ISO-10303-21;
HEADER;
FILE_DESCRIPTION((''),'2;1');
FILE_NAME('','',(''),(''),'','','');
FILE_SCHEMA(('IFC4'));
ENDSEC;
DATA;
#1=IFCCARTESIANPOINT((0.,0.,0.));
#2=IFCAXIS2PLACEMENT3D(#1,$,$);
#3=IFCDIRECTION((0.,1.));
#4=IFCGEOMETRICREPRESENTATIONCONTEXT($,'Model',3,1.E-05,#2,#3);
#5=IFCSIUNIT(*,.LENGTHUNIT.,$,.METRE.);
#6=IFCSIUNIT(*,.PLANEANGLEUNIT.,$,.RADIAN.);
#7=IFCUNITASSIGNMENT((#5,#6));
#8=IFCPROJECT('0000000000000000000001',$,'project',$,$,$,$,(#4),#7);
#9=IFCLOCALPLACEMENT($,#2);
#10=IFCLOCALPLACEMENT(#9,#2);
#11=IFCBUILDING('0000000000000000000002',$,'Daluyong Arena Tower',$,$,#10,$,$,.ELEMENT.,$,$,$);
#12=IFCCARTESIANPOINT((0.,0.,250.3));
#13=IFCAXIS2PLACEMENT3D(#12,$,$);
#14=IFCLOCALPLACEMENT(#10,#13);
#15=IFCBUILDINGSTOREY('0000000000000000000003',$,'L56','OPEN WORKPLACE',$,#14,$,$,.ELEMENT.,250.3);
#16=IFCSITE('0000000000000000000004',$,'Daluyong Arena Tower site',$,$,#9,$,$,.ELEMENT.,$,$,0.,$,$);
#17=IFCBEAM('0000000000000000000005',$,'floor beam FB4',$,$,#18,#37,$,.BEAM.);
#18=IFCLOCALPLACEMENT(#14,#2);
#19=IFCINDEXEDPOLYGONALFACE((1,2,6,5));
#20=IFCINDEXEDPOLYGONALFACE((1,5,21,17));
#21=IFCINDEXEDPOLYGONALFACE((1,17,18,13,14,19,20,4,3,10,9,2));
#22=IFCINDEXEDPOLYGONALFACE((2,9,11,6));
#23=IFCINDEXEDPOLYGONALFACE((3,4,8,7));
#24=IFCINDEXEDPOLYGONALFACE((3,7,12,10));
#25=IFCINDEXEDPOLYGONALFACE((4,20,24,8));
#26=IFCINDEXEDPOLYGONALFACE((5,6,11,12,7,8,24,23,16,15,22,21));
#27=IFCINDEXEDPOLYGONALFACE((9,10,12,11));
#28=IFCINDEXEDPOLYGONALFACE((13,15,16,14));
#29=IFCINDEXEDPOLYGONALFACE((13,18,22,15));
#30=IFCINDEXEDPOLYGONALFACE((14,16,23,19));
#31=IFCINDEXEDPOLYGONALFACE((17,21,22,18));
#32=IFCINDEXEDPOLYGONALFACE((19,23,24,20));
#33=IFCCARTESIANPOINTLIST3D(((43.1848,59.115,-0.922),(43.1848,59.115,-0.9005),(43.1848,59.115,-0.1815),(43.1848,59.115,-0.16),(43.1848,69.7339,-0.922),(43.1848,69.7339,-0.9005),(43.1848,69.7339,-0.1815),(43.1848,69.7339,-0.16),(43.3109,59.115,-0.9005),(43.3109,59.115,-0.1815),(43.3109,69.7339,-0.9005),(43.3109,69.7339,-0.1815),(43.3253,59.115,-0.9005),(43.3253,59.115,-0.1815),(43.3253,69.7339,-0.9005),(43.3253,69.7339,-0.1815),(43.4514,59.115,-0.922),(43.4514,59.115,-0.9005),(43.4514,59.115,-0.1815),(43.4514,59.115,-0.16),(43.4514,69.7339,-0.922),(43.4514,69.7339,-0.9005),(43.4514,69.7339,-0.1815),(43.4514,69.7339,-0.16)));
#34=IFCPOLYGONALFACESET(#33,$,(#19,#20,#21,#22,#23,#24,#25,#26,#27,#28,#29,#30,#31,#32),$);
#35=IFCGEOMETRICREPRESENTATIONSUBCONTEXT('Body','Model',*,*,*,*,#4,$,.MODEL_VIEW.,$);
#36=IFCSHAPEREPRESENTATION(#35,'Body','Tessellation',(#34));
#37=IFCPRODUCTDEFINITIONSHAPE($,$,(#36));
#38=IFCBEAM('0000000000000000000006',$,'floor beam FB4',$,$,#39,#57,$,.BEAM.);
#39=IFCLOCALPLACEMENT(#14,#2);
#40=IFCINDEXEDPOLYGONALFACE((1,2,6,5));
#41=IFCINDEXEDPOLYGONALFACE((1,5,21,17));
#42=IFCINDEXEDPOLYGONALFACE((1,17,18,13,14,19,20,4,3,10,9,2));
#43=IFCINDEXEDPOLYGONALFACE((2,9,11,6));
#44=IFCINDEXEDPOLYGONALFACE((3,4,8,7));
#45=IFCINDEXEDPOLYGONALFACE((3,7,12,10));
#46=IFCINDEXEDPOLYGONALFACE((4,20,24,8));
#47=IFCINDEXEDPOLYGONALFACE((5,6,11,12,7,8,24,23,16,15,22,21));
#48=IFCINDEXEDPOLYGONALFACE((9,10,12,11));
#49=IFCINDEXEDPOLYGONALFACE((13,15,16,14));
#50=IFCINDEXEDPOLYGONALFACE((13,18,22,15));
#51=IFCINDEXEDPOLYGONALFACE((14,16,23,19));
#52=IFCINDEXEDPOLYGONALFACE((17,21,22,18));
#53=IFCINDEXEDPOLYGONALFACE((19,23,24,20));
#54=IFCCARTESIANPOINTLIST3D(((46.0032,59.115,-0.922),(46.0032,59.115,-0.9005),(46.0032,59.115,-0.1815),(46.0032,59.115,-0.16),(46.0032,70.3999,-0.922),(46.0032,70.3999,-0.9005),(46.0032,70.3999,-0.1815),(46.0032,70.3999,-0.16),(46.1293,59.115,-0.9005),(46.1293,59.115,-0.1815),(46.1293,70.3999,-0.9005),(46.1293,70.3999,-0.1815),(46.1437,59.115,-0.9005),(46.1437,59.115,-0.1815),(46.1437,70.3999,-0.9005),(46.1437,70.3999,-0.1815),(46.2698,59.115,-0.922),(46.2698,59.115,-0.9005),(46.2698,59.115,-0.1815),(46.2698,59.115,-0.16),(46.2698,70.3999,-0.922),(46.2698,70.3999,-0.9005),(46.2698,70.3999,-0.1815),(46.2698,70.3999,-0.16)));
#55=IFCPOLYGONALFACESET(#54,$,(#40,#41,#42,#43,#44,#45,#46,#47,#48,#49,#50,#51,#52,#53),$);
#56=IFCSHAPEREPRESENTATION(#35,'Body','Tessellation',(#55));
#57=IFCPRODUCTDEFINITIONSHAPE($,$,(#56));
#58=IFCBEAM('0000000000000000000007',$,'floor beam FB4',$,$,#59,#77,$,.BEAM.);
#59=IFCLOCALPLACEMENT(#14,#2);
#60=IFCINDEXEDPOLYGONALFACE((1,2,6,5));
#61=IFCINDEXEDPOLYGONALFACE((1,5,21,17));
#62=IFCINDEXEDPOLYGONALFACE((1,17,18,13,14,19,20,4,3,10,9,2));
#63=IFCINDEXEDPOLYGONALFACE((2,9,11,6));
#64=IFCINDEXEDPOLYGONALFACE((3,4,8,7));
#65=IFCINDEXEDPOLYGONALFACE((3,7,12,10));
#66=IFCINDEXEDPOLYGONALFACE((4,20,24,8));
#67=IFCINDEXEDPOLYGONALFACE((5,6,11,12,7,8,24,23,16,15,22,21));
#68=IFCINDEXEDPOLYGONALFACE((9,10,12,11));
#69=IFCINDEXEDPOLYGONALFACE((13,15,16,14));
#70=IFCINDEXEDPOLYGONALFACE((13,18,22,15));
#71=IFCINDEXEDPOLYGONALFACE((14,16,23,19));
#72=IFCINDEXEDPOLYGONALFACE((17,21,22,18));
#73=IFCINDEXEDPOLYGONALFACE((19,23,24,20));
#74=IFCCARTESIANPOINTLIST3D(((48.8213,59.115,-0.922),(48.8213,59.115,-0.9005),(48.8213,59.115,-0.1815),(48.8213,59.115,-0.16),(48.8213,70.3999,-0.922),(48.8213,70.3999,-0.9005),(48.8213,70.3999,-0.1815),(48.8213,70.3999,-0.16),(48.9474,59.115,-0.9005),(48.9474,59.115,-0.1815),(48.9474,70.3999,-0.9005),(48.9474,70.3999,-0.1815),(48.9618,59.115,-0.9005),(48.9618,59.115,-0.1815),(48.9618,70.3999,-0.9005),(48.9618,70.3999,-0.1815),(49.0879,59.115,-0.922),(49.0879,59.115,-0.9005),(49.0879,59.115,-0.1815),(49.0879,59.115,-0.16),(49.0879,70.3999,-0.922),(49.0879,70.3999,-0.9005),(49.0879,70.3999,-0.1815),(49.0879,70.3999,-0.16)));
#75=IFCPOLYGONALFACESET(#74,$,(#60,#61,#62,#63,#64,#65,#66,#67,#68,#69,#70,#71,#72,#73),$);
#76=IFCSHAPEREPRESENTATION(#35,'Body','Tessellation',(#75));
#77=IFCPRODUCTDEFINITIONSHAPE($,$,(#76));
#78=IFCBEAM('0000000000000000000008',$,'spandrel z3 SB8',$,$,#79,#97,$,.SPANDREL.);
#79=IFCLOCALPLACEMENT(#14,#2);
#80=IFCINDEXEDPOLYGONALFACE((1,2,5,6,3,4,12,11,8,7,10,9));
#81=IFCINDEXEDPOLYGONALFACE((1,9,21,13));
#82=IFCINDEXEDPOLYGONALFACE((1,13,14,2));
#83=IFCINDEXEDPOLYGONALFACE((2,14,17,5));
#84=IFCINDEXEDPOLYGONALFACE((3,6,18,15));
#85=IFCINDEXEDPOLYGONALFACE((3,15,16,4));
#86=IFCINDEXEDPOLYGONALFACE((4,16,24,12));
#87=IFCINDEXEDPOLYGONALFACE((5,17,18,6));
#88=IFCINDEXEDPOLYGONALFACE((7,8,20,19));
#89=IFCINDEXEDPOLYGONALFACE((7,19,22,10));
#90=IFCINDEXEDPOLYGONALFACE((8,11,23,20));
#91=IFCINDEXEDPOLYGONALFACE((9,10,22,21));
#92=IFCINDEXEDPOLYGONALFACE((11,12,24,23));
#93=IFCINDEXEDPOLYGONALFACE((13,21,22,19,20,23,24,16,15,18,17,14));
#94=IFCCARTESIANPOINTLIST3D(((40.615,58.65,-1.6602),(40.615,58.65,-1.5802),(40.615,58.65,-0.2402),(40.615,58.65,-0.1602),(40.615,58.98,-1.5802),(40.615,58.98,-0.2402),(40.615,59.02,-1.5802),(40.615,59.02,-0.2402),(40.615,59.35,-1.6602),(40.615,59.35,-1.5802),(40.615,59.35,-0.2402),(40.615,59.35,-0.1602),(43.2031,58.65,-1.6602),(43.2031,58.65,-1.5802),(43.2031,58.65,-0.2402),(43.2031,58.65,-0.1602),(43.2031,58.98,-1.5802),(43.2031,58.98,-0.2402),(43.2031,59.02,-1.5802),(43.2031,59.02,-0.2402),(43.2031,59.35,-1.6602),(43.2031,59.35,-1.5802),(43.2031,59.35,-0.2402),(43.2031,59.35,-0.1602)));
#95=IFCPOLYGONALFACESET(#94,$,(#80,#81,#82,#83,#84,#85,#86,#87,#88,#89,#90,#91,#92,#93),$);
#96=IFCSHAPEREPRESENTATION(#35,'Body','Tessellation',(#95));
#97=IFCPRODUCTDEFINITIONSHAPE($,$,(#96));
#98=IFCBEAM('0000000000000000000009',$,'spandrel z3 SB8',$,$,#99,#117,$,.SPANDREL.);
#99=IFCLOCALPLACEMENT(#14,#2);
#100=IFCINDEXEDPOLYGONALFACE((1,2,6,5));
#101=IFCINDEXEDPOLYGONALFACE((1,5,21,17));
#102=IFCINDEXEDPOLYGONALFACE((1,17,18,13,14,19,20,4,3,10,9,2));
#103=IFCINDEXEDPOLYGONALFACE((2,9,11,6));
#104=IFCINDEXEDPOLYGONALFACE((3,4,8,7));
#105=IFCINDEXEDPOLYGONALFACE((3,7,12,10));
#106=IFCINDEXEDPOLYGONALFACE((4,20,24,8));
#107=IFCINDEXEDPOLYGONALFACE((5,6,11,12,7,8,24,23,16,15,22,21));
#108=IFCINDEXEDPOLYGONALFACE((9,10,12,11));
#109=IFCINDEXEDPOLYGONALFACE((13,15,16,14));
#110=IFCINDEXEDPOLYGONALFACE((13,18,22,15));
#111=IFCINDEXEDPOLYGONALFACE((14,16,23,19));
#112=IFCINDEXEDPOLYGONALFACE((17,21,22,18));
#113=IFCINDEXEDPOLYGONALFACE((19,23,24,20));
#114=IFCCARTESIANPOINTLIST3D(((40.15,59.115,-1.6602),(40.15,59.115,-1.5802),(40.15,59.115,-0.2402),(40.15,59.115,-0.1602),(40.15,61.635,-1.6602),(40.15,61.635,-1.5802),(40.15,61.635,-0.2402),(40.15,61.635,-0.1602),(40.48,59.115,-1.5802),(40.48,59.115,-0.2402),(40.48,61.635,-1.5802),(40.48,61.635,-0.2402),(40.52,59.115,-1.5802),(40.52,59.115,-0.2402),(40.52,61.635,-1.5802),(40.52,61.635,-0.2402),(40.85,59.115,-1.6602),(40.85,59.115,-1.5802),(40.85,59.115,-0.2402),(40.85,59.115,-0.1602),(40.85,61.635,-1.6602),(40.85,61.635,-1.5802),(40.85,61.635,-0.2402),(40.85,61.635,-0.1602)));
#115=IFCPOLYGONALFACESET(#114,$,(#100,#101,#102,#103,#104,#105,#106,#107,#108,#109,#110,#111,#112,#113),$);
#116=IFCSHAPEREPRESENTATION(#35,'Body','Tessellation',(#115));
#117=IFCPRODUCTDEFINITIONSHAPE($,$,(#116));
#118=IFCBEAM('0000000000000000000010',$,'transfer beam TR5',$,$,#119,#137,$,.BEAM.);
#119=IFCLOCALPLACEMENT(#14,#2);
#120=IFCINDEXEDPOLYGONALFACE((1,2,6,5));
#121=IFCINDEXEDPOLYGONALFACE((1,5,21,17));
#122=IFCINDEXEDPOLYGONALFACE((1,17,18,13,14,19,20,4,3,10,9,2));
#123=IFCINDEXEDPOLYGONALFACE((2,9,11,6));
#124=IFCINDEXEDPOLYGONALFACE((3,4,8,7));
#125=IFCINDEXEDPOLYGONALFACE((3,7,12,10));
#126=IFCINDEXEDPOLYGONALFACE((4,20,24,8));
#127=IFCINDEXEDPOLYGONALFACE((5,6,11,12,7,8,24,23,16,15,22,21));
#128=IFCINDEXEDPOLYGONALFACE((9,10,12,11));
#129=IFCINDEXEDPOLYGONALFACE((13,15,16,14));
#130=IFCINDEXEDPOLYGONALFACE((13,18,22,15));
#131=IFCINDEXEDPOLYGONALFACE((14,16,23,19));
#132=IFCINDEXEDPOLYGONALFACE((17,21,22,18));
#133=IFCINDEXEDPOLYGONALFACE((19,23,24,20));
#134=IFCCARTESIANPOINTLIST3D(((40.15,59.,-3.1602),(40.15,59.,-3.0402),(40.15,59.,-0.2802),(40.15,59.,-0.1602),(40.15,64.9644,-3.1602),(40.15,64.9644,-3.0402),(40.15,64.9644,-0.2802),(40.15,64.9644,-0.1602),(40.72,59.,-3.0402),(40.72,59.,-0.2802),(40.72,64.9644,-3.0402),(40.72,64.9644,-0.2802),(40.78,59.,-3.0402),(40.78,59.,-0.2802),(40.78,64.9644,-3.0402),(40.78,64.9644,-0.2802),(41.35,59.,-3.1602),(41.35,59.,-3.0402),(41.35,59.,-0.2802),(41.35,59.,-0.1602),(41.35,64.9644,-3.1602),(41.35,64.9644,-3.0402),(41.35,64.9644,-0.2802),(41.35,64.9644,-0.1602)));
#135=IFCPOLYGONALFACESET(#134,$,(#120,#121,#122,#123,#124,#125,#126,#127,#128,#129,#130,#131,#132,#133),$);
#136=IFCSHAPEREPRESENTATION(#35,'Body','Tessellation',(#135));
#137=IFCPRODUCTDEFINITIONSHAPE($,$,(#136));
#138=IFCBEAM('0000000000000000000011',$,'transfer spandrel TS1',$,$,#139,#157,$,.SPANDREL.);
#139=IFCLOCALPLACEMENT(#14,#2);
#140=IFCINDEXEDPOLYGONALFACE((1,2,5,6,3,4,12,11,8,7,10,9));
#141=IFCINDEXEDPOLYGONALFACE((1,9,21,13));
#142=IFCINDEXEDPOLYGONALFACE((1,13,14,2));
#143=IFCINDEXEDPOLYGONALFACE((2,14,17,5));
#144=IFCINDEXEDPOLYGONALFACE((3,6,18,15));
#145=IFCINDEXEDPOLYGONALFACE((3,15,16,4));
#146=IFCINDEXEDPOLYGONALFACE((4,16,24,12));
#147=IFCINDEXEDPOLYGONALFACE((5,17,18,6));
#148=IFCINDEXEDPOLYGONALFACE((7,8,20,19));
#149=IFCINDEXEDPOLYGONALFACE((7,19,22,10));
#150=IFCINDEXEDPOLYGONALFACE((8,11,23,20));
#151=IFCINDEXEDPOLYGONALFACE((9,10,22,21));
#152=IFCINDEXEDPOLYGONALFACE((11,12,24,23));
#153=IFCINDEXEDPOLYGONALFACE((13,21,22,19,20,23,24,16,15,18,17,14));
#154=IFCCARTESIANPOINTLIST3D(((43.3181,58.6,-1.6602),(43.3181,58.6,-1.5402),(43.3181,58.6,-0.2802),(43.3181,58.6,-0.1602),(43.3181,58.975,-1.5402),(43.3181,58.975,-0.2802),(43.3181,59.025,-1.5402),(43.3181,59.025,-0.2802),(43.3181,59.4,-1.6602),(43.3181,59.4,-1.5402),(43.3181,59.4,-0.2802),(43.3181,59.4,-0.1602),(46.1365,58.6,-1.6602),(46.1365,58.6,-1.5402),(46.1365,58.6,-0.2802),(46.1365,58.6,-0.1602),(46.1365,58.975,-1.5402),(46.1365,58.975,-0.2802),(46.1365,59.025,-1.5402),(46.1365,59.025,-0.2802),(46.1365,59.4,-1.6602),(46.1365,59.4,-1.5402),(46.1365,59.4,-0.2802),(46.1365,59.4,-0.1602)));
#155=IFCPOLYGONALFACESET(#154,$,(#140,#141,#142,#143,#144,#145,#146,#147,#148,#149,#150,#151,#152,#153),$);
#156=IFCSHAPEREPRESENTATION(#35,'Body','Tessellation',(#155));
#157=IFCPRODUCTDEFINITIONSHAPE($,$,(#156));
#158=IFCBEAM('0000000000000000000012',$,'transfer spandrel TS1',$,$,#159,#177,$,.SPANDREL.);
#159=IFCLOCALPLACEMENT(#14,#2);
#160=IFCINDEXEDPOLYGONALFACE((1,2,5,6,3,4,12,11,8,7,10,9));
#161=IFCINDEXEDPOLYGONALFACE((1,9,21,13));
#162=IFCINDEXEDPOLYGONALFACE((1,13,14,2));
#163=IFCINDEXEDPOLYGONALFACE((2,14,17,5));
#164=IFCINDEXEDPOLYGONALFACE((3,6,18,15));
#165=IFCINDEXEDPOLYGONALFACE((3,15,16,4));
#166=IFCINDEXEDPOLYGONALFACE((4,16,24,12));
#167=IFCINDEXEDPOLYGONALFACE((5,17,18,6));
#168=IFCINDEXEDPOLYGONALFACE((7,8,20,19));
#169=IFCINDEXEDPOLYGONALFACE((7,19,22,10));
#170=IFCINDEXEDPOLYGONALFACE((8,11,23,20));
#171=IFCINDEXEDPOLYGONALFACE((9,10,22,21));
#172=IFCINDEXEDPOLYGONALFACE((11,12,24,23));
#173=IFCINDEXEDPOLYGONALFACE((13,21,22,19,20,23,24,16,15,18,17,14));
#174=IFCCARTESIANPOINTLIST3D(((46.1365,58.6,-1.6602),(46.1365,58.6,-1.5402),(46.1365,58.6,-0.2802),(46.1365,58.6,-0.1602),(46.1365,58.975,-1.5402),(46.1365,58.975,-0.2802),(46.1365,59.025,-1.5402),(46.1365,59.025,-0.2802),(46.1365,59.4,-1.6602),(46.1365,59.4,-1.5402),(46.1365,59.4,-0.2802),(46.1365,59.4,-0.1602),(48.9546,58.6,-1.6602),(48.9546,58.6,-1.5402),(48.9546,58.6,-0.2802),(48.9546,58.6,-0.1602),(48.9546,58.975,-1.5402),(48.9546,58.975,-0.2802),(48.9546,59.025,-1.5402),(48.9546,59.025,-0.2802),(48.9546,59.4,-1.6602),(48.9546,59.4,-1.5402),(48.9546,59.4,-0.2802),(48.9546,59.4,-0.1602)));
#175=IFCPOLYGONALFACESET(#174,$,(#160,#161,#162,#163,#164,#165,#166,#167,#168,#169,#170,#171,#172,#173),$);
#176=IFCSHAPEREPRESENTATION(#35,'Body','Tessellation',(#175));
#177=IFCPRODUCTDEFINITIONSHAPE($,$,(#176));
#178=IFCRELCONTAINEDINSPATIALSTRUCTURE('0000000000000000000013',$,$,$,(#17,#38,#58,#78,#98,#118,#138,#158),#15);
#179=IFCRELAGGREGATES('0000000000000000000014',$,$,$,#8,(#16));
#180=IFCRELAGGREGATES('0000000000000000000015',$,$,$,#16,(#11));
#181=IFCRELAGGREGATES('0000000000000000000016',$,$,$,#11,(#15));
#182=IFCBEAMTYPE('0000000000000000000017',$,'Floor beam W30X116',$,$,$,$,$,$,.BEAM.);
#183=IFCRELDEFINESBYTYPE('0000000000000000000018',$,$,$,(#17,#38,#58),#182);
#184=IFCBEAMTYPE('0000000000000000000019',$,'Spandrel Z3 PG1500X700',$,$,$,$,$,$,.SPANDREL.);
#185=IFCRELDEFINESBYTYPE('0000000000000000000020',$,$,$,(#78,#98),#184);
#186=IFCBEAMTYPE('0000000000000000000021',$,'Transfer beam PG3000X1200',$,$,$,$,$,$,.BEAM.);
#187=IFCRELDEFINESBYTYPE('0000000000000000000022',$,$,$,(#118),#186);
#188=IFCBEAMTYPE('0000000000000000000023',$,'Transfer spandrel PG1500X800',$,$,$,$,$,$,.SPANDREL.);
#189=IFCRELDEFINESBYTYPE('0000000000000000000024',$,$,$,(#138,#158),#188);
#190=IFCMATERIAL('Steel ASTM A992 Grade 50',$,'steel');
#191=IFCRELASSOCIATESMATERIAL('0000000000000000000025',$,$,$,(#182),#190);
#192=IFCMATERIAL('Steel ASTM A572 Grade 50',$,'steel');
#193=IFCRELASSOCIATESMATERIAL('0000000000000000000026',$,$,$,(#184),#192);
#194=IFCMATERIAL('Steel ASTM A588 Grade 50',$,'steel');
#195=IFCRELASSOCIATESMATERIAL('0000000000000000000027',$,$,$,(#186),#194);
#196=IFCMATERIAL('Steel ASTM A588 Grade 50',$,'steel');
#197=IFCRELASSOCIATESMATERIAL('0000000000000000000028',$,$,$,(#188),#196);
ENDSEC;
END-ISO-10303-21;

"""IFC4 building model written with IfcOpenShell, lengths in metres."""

from ifc_helpers import new_model, si_unit, direction, frame, origin, origin_2d, place, context, subcontext, project, spatial, i_section, extrude, material, material_profile, profile_set, type_object, element, save


model = new_model("IFC4")

# Units and contexts
model_context = context("Model", 3, precision=1e-05, world=origin(), true_north=direction((0.0, 1.0)))
body_context = subcontext(model_context, "Body", "Model", "MODEL_VIEW")
ifc_project = project(units=[si_unit("LENGTHUNIT", "METRE"), si_unit("PLANEANGLEUNIT", "RADIAN")], contexts=[model_context])

# Site, building, storey
site_placement = place(None, origin())
site = spatial("IfcSite", under=ifc_project, at=site_placement, Name="Daluyong Arena Tower site", CompositionType="ELEMENT", RefElevation=0.0)
building_placement = place(site_placement, origin())
building = spatial("IfcBuilding", under=site, at=building_placement, Name="Daluyong Arena Tower", CompositionType="ELEMENT")
storey_placement = place(building_placement, frame((0.0, 0.0, 250.3)))
storey = spatial("IfcBuildingStorey", under=building, at=storey_placement, Name="L56", Description="OPEN WORKPLACE", CompositionType="ELEMENT", Elevation=250.3)

# Beams
ifc_material_1 = material(Name="Steel ASTM A992 Grade 50", Category="steel")
ifc_material_profile_1 = material_profile(ifc_material_1, i_section(OverallWidth=0.2666, OverallDepth=0.762, WebThickness=0.0144, FlangeThickness=0.0215, at=origin_2d()))
ifc_profile_set_1 = profile_set([ifc_material_profile_1], Name="Steel ASTM A992 Grade 50")
beam_type_1 = type_object("IfcBeamType", Name="Floor beam W30X116", PredefinedType="BEAM", material=ifc_profile_set_1)
beam_1_placement = place(storey_placement, frame((43.3181, 59.115, -0.541), z_axis=(0.0, 1.0, 0.0), x_axis=(-1.0, 0.0, 0.0)))
element("IfcBeam", 1, at=beam_1_placement, inside=storey, type_object=beam_type_1, Name="floor beam FB4", PredefinedType="BEAM", context=body_context, shape_type="SweptSolid", body=[
    extrude(i_section(OverallWidth=0.2666, OverallDepth=0.762, WebThickness=0.0144, FlangeThickness=0.0215, at=origin_2d()), origin(), (0.0, 0.0, 1.0), 10.6189),
])
for number, where, z_axis, x_axis, name in (
    (2, (46.1365, 59.115, -0.541), (0.0, 1.0, 0.0), (-1.0, 0.0, 0.0), "floor beam FB4"),
    (3, (48.9546, 59.115, -0.541), (0.0, 1.0, 0.0), (-1.0, 0.0, 0.0), "floor beam FB4"),
):
    element("IfcBeam", number, at=place(storey_placement, frame(where, z_axis=z_axis, x_axis=x_axis)), inside=storey, type_object=beam_type_1, Name=name, PredefinedType="BEAM", context=body_context, shape_type="SweptSolid", body=[
        extrude(i_section(OverallWidth=0.2666, OverallDepth=0.762, WebThickness=0.0144, FlangeThickness=0.0215, at=origin_2d()), origin(), (0.0, 0.0, 1.0), 11.2849),
    ])
ifc_material_2 = material(Name="Steel ASTM A572 Grade 50", Category="steel")
ifc_material_profile_2 = material_profile(ifc_material_2, i_section(OverallWidth=0.7, OverallDepth=1.5, WebThickness=0.04, FlangeThickness=0.08, at=origin_2d()))
ifc_profile_set_2 = profile_set([ifc_material_profile_2], Name="Steel ASTM A572 Grade 50")
beam_type_2 = type_object("IfcBeamType", Name="Spandrel Z3 PG1500X700", PredefinedType="SPANDREL", material=ifc_profile_set_2)
beam_2_placement = place(storey_placement, frame((40.615, 59.0, -0.9102), z_axis=(1.0, 0.0, 0.0), x_axis=(0.0, 1.0, 0.0)))
element("IfcBeam", 4, at=beam_2_placement, inside=storey, type_object=beam_type_2, Name="spandrel z3 SB8", PredefinedType="SPANDREL", context=body_context, shape_type="SweptSolid", body=[
    extrude(i_section(OverallWidth=0.7, OverallDepth=1.5, WebThickness=0.04, FlangeThickness=0.08, at=origin_2d()), origin(), (0.0, 0.0, 1.0), 2.5881),
])
beam_3_placement = place(storey_placement, frame((40.5, 61.635, -0.9102), z_axis=(0.0, -1.0, 0.0), x_axis=(1.0, 0.0, 0.0)))
element("IfcBeam", 5, at=beam_3_placement, inside=storey, type_object=beam_type_2, Name="spandrel z3 SB8", PredefinedType="SPANDREL", context=body_context, shape_type="SweptSolid", body=[
    extrude(i_section(OverallWidth=0.7, OverallDepth=1.5, WebThickness=0.04, FlangeThickness=0.08, at=origin_2d()), origin(), (0.0, 0.0, 1.0), 2.52),
])
ifc_material_3 = material(Name="Steel ASTM A588 Grade 50", Category="steel")
ifc_material_profile_3 = material_profile(ifc_material_3, i_section(OverallWidth=1.2, OverallDepth=3.0, WebThickness=0.06, FlangeThickness=0.12, at=origin_2d()))
ifc_profile_set_3 = profile_set([ifc_material_profile_3], Name="Steel ASTM A588 Grade 50")
beam_type_3 = type_object("IfcBeamType", Name="Transfer beam PG3000X1200", PredefinedType="BEAM", material=ifc_profile_set_3)
beam_4_placement = place(storey_placement, frame((40.75, 59.0, -1.6602), z_axis=(0.0, 1.0, 0.0), x_axis=(-1.0, 0.0, 0.0)))
element("IfcBeam", 6, at=beam_4_placement, inside=storey, type_object=beam_type_3, Name="transfer beam TR5", PredefinedType="BEAM", context=body_context, shape_type="SweptSolid", body=[
    extrude(i_section(OverallWidth=1.2, OverallDepth=3.0, WebThickness=0.06, FlangeThickness=0.12, at=origin_2d()), origin(), (0.0, 0.0, 1.0), 5.9644),
])
ifc_material_4 = material(Name="Steel ASTM A588 Grade 50", Category="steel")
ifc_material_profile_4 = material_profile(ifc_material_4, i_section(OverallWidth=0.8, OverallDepth=1.5, WebThickness=0.05, FlangeThickness=0.12, at=origin_2d()))
ifc_profile_set_4 = profile_set([ifc_material_profile_4], Name="Steel ASTM A588 Grade 50")
beam_type_4 = type_object("IfcBeamType", Name="Transfer spandrel PG1500X800", PredefinedType="SPANDREL", material=ifc_profile_set_4)
beam_5_placement = place(storey_placement, frame((43.3181, 59.0, -0.9102), z_axis=(1.0, 0.0, 0.0), x_axis=(0.0, 1.0, 0.0)))
element("IfcBeam", 7, at=beam_5_placement, inside=storey, type_object=beam_type_4, Name="transfer spandrel TS1", PredefinedType="SPANDREL", context=body_context, shape_type="SweptSolid", body=[
    extrude(i_section(OverallWidth=0.8, OverallDepth=1.5, WebThickness=0.05, FlangeThickness=0.12, at=origin_2d()), origin(), (0.0, 0.0, 1.0), 2.8184),
])
for number, where, z_axis, x_axis, name in (
    (8, (46.1365, 59.0, -0.9102), (1.0, 0.0, 0.0), (0.0, 1.0, 0.0), "transfer spandrel TS1"),
):
    element("IfcBeam", number, at=place(storey_placement, frame(where, z_axis=z_axis, x_axis=x_axis)), inside=storey, type_object=beam_type_4, Name=name, PredefinedType="SPANDREL", context=body_context, shape_type="SweptSolid", body=[
        extrude(i_section(OverallWidth=0.8, OverallDepth=1.5, WebThickness=0.05, FlangeThickness=0.12, at=origin_2d()), origin(), (0.0, 0.0, 1.0), 2.8181),
    ])

save(model, "model.ifc")
